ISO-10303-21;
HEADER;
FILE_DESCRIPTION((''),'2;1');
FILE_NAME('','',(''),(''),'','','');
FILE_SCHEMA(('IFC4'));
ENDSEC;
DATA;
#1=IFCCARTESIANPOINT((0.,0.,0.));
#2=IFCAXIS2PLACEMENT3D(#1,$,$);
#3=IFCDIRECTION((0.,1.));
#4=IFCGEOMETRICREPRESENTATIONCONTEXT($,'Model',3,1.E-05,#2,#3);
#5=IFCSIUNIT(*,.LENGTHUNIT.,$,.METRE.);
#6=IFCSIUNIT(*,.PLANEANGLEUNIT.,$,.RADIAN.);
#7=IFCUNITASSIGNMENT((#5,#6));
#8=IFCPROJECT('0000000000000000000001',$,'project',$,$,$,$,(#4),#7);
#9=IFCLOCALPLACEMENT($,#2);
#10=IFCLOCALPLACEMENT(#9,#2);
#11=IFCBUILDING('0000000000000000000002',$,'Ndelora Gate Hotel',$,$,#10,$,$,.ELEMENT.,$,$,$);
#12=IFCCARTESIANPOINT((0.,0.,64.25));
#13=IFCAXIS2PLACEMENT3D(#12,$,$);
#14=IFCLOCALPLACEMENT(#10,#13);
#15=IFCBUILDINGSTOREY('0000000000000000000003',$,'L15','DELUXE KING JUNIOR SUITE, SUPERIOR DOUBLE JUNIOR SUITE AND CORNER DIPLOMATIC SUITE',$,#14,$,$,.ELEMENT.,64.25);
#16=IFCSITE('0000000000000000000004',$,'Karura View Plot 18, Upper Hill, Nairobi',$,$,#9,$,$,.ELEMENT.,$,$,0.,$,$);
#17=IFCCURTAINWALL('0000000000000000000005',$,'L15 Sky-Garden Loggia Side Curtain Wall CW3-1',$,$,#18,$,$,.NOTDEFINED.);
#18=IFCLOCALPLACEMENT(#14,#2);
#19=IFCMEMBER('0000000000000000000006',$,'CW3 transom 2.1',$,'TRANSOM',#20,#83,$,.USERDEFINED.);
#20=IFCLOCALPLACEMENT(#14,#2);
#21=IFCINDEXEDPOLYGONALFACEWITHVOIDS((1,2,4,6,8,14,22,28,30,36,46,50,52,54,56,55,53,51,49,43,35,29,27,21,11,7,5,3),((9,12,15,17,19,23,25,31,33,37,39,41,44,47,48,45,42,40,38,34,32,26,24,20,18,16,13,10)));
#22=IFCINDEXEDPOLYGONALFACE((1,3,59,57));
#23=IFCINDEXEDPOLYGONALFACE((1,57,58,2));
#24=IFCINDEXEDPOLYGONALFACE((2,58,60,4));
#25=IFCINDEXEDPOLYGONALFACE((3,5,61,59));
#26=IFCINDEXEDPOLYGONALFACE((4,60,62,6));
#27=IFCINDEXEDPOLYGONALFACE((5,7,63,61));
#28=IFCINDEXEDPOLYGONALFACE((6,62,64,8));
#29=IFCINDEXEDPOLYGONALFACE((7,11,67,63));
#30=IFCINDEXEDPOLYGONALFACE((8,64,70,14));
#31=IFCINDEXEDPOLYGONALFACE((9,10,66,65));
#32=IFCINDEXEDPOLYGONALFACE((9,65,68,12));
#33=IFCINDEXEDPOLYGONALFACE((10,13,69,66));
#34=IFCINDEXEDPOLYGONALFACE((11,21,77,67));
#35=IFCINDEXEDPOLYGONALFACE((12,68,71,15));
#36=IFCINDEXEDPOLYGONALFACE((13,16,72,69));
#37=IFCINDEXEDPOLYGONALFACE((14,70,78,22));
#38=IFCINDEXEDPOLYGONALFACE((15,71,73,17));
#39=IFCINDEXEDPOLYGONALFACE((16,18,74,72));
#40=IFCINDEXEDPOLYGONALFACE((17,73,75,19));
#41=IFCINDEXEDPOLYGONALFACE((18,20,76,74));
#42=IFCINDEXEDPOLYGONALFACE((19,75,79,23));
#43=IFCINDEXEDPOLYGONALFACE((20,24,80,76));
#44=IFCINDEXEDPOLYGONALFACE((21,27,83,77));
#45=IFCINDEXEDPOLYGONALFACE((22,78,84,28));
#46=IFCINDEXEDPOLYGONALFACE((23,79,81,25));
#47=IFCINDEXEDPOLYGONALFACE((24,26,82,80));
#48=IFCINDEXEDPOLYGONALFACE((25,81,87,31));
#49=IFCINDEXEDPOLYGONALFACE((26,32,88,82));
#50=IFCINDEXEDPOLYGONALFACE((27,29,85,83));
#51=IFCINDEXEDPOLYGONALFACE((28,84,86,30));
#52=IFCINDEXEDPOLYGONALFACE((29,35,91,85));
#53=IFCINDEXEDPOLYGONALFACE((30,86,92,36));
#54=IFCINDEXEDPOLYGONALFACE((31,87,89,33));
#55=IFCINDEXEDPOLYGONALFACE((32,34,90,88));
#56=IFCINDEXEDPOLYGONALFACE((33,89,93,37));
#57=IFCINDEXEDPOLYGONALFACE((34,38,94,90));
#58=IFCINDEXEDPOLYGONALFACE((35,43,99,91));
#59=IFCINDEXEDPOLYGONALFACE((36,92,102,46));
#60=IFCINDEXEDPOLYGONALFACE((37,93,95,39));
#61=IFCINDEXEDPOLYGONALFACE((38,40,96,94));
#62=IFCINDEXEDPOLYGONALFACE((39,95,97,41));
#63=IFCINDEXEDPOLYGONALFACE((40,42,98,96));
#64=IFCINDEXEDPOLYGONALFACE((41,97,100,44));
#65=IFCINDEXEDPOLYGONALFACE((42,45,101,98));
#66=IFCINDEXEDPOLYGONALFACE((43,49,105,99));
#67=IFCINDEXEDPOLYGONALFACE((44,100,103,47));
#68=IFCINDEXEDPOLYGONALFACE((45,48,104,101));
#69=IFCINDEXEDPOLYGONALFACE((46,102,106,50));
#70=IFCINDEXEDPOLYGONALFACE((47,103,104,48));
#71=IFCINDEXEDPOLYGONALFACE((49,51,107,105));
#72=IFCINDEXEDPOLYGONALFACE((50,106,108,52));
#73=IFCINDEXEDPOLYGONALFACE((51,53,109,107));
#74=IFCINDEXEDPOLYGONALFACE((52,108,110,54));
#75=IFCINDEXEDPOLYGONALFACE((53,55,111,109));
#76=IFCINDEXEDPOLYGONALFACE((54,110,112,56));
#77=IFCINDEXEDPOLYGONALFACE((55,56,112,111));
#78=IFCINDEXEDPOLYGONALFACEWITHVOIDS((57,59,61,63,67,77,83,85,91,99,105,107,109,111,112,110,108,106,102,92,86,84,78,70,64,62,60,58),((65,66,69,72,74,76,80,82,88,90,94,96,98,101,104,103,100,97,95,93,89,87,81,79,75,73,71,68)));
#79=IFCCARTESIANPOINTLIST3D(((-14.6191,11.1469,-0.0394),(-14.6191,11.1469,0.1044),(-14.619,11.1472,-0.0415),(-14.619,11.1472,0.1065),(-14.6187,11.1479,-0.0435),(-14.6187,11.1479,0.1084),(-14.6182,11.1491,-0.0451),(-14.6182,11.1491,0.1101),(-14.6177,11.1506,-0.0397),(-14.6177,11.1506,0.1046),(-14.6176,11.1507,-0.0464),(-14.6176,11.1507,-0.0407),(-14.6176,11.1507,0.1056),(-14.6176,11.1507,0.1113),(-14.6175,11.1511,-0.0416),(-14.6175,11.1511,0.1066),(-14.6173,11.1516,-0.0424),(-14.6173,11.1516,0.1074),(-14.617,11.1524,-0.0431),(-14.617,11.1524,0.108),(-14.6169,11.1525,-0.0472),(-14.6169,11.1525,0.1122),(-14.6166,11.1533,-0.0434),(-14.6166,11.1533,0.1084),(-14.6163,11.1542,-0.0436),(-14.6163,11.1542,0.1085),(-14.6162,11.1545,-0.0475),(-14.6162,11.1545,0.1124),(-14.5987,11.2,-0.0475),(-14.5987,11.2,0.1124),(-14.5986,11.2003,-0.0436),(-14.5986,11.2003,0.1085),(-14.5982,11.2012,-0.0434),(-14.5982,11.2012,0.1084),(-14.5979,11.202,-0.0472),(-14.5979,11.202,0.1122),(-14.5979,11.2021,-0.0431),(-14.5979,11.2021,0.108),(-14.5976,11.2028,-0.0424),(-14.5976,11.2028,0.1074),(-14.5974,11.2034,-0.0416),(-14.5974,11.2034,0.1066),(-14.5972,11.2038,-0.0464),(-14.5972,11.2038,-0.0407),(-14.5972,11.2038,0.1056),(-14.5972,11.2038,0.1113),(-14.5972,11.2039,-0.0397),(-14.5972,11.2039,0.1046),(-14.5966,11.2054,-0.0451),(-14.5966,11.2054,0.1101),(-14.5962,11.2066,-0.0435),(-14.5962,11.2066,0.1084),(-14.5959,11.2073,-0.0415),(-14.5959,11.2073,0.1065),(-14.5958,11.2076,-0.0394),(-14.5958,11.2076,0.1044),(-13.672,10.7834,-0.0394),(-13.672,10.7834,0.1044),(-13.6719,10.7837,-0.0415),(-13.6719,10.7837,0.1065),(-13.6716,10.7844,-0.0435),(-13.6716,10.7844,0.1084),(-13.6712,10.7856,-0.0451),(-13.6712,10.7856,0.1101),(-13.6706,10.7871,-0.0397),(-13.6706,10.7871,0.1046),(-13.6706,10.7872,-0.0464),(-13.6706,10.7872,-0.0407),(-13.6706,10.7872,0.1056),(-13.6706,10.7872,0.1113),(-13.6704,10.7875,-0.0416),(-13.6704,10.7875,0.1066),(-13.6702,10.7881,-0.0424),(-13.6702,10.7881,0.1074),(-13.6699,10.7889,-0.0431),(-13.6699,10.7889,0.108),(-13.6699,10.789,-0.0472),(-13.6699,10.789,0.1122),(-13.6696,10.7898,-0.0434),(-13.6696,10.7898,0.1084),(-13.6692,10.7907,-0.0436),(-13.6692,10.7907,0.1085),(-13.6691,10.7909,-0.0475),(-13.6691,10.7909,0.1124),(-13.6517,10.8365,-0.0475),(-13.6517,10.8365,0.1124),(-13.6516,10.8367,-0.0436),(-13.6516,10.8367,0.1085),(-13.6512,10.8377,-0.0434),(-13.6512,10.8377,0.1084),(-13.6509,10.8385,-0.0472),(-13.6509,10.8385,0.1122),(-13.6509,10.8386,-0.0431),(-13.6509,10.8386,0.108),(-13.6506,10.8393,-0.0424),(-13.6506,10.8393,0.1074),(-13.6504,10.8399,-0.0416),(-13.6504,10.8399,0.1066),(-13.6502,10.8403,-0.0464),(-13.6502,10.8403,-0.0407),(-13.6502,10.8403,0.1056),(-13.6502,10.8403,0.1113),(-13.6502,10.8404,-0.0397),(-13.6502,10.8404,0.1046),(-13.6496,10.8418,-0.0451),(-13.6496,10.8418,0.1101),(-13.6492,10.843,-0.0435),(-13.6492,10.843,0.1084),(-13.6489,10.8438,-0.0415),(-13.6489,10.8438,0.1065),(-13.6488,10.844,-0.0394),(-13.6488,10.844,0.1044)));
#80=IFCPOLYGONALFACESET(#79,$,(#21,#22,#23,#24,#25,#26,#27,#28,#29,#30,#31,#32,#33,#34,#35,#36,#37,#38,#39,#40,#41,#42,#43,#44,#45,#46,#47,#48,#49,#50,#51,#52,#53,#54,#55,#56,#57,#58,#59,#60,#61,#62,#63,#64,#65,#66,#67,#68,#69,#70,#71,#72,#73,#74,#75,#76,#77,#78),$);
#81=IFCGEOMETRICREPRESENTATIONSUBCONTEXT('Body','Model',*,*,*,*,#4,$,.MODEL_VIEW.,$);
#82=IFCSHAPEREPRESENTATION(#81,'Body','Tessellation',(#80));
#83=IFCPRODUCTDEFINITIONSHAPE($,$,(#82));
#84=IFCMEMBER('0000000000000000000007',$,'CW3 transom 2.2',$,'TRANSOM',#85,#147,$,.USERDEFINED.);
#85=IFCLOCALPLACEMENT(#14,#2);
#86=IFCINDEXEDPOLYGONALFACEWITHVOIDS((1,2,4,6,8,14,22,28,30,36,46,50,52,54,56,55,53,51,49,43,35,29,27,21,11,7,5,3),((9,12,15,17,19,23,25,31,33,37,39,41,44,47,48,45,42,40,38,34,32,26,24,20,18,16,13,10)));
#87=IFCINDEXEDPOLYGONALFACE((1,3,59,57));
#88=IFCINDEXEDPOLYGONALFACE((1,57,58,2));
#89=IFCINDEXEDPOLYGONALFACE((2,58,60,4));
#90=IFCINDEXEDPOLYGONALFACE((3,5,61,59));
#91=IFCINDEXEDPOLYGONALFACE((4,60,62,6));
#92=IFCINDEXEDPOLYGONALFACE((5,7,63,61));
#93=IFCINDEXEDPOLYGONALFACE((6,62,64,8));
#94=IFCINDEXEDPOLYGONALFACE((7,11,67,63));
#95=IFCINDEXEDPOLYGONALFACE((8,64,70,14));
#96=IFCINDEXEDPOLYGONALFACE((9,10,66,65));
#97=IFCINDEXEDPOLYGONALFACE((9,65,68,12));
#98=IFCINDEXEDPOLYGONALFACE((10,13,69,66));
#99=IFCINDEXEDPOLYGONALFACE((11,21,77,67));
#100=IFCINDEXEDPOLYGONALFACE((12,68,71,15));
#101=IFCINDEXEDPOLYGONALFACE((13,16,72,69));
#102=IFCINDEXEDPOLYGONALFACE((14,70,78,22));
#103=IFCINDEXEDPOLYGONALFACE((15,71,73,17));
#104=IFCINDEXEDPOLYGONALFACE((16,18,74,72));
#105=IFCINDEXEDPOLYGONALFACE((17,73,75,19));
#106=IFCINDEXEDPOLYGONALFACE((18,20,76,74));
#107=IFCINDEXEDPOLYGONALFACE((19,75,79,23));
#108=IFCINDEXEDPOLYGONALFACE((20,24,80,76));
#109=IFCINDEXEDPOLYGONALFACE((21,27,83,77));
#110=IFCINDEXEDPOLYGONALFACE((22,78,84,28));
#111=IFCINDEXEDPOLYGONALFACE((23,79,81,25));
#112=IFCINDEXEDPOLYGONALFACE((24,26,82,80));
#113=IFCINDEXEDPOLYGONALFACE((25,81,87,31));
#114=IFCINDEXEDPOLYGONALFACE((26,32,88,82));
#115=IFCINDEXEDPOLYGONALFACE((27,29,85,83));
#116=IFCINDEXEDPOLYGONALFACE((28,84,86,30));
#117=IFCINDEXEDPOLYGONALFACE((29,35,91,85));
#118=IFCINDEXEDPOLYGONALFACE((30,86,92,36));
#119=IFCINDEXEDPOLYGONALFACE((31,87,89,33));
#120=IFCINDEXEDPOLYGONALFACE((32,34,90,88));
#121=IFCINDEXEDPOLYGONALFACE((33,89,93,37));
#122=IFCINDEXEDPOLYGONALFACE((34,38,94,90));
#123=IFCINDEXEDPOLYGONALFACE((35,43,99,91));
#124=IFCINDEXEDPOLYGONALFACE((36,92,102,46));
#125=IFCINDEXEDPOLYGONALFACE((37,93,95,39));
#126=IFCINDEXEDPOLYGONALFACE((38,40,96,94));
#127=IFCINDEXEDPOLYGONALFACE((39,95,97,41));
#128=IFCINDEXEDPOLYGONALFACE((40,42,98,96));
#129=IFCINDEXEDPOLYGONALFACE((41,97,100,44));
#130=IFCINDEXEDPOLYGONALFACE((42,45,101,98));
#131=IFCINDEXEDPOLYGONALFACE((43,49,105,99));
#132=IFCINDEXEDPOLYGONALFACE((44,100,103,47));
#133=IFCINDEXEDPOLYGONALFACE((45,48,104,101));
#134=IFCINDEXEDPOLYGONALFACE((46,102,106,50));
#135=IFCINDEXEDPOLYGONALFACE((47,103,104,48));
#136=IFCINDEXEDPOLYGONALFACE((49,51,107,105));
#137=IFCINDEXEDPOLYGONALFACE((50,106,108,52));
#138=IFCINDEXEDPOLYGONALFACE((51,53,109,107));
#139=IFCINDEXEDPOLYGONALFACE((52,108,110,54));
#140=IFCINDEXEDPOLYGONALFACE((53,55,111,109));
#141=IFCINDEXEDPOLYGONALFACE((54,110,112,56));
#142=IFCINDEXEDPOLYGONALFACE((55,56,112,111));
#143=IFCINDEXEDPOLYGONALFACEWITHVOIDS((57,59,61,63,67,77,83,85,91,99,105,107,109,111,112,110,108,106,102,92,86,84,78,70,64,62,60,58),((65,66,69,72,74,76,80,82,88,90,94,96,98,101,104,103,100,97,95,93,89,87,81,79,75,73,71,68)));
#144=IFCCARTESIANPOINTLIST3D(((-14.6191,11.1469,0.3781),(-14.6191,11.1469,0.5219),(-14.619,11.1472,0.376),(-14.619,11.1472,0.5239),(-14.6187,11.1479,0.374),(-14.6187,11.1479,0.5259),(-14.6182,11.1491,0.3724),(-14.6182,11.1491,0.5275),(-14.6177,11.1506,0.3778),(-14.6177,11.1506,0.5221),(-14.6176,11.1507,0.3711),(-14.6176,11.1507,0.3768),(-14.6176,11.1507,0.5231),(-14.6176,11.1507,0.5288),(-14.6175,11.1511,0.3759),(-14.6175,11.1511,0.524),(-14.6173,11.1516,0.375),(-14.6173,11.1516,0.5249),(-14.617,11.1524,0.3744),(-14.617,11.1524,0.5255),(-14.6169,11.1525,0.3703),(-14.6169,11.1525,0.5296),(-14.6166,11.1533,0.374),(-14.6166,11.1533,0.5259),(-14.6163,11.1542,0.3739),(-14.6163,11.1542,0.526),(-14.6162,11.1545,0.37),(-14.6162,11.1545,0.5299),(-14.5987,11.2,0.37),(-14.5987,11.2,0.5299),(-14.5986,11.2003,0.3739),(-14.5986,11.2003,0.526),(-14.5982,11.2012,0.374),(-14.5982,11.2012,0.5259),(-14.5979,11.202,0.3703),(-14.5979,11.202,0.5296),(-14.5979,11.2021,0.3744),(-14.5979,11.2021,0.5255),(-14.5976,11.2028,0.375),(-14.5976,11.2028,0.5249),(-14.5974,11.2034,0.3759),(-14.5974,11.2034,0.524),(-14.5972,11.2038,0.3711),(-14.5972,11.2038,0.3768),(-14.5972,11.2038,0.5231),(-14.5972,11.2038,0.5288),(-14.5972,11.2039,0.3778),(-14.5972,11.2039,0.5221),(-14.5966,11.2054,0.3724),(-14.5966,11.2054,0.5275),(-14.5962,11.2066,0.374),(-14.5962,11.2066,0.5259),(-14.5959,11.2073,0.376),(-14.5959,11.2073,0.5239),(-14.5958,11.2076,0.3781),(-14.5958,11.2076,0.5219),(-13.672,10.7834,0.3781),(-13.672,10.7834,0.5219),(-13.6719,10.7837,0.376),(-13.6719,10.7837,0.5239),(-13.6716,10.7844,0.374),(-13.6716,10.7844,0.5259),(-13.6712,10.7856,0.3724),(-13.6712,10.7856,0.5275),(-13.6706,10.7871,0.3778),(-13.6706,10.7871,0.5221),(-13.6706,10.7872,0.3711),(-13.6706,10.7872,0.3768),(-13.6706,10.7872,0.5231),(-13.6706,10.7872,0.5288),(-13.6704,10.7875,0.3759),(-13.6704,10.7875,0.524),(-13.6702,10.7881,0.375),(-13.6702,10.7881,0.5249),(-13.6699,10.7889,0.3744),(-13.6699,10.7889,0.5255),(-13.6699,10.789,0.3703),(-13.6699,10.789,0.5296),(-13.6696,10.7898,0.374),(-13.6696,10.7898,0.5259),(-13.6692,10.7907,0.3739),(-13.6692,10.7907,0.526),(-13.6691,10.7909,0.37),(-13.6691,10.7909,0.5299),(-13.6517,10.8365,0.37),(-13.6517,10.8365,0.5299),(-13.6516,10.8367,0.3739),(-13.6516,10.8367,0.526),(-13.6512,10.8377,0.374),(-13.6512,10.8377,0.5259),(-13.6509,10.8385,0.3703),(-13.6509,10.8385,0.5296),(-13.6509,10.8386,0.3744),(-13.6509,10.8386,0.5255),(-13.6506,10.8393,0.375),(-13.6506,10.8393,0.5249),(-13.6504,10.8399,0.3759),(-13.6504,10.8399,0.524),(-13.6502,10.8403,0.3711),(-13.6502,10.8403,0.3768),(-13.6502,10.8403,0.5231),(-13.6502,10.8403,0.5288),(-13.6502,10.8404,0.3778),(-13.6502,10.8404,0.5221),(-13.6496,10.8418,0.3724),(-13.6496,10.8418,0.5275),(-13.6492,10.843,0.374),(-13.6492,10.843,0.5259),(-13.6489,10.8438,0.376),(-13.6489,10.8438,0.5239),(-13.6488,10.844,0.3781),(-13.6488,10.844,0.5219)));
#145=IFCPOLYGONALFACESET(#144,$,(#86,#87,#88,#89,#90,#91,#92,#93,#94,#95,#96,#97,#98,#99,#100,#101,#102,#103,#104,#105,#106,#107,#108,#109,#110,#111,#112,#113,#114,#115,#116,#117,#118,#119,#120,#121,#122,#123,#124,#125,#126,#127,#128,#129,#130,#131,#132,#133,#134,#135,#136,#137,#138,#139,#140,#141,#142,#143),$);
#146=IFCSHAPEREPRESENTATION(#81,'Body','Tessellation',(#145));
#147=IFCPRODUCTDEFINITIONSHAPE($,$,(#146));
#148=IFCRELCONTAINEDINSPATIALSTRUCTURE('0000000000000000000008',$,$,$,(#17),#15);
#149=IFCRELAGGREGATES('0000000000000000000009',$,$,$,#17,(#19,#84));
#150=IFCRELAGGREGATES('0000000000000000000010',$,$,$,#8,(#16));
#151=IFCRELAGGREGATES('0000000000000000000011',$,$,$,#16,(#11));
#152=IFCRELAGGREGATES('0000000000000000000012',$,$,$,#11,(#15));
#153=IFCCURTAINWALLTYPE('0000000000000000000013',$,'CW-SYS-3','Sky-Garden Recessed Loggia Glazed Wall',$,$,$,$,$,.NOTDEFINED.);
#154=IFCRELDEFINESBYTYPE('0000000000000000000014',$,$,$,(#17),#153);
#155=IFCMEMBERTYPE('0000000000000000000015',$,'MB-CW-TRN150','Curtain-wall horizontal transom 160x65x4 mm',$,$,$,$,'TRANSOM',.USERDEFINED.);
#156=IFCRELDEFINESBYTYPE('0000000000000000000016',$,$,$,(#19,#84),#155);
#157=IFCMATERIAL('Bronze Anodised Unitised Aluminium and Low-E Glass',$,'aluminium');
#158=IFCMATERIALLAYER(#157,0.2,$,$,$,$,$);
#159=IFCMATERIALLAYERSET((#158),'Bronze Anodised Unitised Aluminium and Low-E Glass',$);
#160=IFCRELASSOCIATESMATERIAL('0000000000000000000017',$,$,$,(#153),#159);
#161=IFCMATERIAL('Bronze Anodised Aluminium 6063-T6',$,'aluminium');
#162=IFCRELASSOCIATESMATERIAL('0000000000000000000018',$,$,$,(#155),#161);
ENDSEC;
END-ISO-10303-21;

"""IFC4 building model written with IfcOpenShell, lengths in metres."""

from ifc_helpers import new_model, si_unit, direction, frame, origin, origin_2d, place, context, subcontext, project, spatial, hollow_rectangle, extrude, material, layer, layer_set, material_profile, profile_set, type_object, element, aggregate, save


model = new_model("IFC4")

# Units and contexts
model_context = context("Model", 3, precision=1e-05, world=origin(), true_north=direction((0.0, 1.0)))
body_context = subcontext(model_context, "Body", "Model", "MODEL_VIEW")
ifc_project = project(units=[si_unit("LENGTHUNIT", "METRE"), si_unit("PLANEANGLEUNIT", "RADIAN")], contexts=[model_context])

# Site, building, storey
site_placement = place(None, origin())
site = spatial("IfcSite", under=ifc_project, at=site_placement, Name="Karura View Plot 18, Upper Hill, Nairobi", CompositionType="ELEMENT", RefElevation=0.0)
building_placement = place(site_placement, origin())
building = spatial("IfcBuilding", under=site, at=building_placement, Name="Ndelora Gate Hotel", CompositionType="ELEMENT")
storey_placement = place(building_placement, frame((0.0, 0.0, 64.25)))
storey = spatial("IfcBuildingStorey", under=building, at=storey_placement, Name="L15", Description="DELUXE KING JUNIOR SUITE, SUPERIOR DOUBLE JUNIOR SUITE AND CORNER DIPLOMATIC SUITE", CompositionType="ELEMENT", Elevation=64.25)

# Curtain wall, members
ifc_material_1 = material(Name="Bronze Anodised Unitised Aluminium and Low-E Glass", Category="aluminium")
ifc_layer_1 = layer(ifc_material_1, 0.2)
ifc_layer_set_1 = layer_set([ifc_layer_1], Name="Bronze Anodised Unitised Aluminium and Low-E Glass")
curtain_wall_type = type_object("IfcCurtainWallType", Name="CW-SYS-3", Description="Sky-Garden Recessed Loggia Glazed Wall", PredefinedType="NOTDEFINED", material=ifc_layer_set_1)
curtain_wall_placement = place(storey_placement, origin())
curtain_wall = element("IfcCurtainWall", 1, at=curtain_wall_placement, inside=storey, type_object=curtain_wall_type, Name="L15 Sky-Garden Loggia Side Curtain Wall CW3-1", PredefinedType="NOTDEFINED")
ifc_material_2 = material(Name="Bronze Anodised Aluminium 6063-T6", Category="aluminium")
ifc_material_profile_1 = material_profile(ifc_material_2, hollow_rectangle(XDim=0.0649, YDim=0.1599, WallThickness=0.0039, InnerFilletRadius=0.0039, OuterFilletRadius=0.0081, at=origin_2d()), Name="ALU 160x65x4")
ifc_profile_set_1 = profile_set([ifc_material_profile_1], Name="Bronze Anodised Aluminium 6063-T6")
member_type_1 = type_object("IfcMemberType", Name="MB-CW-TRN150", Description="Curtain-wall horizontal transom 160x65x4 mm", ElementType="TRANSOM", PredefinedType="USERDEFINED", material=ifc_profile_set_1)
member_1_placement = place(storey_placement, frame((-13.6604, 10.8137, 0.0325), z_axis=(-0.933581, 0.358366, 0.0), x_axis=(-0.358366, -0.933581, 0.0)))
member_1 = element("IfcMember", 2, at=member_1_placement, type_object=member_type_1, Name="CW3 transom 2.1", ObjectType="TRANSOM", PredefinedType="USERDEFINED", context=body_context, shape_type="SweptSolid", body=[
    extrude(hollow_rectangle(XDim=0.0649, YDim=0.1599, WallThickness=0.0039, InnerFilletRadius=0.0039, OuterFilletRadius=0.0081, at=origin_2d()), origin(), (0.0, 0.0, 1.0), 1.0144),
])
member_2_placement = place(storey_placement, frame((-13.6604, 10.8137, 0.45), z_axis=(-0.933581, 0.358366, 0.0), x_axis=(-0.358366, -0.933581, 0.0)))
member_2 = element("IfcMember", 3, at=member_2_placement, type_object=member_type_1, Name="CW3 transom 2.2", ObjectType="TRANSOM", PredefinedType="USERDEFINED", context=body_context, shape_type="SweptSolid", body=[
    extrude(hollow_rectangle(XDim=0.0649, YDim=0.1599, WallThickness=0.0039, InnerFilletRadius=0.0039, OuterFilletRadius=0.0081, at=origin_2d()), origin(), (0.0, 0.0, 1.0), 1.0144),
])
aggregate(curtain_wall, [member_1, member_2])

save(model, "model.ifc")
